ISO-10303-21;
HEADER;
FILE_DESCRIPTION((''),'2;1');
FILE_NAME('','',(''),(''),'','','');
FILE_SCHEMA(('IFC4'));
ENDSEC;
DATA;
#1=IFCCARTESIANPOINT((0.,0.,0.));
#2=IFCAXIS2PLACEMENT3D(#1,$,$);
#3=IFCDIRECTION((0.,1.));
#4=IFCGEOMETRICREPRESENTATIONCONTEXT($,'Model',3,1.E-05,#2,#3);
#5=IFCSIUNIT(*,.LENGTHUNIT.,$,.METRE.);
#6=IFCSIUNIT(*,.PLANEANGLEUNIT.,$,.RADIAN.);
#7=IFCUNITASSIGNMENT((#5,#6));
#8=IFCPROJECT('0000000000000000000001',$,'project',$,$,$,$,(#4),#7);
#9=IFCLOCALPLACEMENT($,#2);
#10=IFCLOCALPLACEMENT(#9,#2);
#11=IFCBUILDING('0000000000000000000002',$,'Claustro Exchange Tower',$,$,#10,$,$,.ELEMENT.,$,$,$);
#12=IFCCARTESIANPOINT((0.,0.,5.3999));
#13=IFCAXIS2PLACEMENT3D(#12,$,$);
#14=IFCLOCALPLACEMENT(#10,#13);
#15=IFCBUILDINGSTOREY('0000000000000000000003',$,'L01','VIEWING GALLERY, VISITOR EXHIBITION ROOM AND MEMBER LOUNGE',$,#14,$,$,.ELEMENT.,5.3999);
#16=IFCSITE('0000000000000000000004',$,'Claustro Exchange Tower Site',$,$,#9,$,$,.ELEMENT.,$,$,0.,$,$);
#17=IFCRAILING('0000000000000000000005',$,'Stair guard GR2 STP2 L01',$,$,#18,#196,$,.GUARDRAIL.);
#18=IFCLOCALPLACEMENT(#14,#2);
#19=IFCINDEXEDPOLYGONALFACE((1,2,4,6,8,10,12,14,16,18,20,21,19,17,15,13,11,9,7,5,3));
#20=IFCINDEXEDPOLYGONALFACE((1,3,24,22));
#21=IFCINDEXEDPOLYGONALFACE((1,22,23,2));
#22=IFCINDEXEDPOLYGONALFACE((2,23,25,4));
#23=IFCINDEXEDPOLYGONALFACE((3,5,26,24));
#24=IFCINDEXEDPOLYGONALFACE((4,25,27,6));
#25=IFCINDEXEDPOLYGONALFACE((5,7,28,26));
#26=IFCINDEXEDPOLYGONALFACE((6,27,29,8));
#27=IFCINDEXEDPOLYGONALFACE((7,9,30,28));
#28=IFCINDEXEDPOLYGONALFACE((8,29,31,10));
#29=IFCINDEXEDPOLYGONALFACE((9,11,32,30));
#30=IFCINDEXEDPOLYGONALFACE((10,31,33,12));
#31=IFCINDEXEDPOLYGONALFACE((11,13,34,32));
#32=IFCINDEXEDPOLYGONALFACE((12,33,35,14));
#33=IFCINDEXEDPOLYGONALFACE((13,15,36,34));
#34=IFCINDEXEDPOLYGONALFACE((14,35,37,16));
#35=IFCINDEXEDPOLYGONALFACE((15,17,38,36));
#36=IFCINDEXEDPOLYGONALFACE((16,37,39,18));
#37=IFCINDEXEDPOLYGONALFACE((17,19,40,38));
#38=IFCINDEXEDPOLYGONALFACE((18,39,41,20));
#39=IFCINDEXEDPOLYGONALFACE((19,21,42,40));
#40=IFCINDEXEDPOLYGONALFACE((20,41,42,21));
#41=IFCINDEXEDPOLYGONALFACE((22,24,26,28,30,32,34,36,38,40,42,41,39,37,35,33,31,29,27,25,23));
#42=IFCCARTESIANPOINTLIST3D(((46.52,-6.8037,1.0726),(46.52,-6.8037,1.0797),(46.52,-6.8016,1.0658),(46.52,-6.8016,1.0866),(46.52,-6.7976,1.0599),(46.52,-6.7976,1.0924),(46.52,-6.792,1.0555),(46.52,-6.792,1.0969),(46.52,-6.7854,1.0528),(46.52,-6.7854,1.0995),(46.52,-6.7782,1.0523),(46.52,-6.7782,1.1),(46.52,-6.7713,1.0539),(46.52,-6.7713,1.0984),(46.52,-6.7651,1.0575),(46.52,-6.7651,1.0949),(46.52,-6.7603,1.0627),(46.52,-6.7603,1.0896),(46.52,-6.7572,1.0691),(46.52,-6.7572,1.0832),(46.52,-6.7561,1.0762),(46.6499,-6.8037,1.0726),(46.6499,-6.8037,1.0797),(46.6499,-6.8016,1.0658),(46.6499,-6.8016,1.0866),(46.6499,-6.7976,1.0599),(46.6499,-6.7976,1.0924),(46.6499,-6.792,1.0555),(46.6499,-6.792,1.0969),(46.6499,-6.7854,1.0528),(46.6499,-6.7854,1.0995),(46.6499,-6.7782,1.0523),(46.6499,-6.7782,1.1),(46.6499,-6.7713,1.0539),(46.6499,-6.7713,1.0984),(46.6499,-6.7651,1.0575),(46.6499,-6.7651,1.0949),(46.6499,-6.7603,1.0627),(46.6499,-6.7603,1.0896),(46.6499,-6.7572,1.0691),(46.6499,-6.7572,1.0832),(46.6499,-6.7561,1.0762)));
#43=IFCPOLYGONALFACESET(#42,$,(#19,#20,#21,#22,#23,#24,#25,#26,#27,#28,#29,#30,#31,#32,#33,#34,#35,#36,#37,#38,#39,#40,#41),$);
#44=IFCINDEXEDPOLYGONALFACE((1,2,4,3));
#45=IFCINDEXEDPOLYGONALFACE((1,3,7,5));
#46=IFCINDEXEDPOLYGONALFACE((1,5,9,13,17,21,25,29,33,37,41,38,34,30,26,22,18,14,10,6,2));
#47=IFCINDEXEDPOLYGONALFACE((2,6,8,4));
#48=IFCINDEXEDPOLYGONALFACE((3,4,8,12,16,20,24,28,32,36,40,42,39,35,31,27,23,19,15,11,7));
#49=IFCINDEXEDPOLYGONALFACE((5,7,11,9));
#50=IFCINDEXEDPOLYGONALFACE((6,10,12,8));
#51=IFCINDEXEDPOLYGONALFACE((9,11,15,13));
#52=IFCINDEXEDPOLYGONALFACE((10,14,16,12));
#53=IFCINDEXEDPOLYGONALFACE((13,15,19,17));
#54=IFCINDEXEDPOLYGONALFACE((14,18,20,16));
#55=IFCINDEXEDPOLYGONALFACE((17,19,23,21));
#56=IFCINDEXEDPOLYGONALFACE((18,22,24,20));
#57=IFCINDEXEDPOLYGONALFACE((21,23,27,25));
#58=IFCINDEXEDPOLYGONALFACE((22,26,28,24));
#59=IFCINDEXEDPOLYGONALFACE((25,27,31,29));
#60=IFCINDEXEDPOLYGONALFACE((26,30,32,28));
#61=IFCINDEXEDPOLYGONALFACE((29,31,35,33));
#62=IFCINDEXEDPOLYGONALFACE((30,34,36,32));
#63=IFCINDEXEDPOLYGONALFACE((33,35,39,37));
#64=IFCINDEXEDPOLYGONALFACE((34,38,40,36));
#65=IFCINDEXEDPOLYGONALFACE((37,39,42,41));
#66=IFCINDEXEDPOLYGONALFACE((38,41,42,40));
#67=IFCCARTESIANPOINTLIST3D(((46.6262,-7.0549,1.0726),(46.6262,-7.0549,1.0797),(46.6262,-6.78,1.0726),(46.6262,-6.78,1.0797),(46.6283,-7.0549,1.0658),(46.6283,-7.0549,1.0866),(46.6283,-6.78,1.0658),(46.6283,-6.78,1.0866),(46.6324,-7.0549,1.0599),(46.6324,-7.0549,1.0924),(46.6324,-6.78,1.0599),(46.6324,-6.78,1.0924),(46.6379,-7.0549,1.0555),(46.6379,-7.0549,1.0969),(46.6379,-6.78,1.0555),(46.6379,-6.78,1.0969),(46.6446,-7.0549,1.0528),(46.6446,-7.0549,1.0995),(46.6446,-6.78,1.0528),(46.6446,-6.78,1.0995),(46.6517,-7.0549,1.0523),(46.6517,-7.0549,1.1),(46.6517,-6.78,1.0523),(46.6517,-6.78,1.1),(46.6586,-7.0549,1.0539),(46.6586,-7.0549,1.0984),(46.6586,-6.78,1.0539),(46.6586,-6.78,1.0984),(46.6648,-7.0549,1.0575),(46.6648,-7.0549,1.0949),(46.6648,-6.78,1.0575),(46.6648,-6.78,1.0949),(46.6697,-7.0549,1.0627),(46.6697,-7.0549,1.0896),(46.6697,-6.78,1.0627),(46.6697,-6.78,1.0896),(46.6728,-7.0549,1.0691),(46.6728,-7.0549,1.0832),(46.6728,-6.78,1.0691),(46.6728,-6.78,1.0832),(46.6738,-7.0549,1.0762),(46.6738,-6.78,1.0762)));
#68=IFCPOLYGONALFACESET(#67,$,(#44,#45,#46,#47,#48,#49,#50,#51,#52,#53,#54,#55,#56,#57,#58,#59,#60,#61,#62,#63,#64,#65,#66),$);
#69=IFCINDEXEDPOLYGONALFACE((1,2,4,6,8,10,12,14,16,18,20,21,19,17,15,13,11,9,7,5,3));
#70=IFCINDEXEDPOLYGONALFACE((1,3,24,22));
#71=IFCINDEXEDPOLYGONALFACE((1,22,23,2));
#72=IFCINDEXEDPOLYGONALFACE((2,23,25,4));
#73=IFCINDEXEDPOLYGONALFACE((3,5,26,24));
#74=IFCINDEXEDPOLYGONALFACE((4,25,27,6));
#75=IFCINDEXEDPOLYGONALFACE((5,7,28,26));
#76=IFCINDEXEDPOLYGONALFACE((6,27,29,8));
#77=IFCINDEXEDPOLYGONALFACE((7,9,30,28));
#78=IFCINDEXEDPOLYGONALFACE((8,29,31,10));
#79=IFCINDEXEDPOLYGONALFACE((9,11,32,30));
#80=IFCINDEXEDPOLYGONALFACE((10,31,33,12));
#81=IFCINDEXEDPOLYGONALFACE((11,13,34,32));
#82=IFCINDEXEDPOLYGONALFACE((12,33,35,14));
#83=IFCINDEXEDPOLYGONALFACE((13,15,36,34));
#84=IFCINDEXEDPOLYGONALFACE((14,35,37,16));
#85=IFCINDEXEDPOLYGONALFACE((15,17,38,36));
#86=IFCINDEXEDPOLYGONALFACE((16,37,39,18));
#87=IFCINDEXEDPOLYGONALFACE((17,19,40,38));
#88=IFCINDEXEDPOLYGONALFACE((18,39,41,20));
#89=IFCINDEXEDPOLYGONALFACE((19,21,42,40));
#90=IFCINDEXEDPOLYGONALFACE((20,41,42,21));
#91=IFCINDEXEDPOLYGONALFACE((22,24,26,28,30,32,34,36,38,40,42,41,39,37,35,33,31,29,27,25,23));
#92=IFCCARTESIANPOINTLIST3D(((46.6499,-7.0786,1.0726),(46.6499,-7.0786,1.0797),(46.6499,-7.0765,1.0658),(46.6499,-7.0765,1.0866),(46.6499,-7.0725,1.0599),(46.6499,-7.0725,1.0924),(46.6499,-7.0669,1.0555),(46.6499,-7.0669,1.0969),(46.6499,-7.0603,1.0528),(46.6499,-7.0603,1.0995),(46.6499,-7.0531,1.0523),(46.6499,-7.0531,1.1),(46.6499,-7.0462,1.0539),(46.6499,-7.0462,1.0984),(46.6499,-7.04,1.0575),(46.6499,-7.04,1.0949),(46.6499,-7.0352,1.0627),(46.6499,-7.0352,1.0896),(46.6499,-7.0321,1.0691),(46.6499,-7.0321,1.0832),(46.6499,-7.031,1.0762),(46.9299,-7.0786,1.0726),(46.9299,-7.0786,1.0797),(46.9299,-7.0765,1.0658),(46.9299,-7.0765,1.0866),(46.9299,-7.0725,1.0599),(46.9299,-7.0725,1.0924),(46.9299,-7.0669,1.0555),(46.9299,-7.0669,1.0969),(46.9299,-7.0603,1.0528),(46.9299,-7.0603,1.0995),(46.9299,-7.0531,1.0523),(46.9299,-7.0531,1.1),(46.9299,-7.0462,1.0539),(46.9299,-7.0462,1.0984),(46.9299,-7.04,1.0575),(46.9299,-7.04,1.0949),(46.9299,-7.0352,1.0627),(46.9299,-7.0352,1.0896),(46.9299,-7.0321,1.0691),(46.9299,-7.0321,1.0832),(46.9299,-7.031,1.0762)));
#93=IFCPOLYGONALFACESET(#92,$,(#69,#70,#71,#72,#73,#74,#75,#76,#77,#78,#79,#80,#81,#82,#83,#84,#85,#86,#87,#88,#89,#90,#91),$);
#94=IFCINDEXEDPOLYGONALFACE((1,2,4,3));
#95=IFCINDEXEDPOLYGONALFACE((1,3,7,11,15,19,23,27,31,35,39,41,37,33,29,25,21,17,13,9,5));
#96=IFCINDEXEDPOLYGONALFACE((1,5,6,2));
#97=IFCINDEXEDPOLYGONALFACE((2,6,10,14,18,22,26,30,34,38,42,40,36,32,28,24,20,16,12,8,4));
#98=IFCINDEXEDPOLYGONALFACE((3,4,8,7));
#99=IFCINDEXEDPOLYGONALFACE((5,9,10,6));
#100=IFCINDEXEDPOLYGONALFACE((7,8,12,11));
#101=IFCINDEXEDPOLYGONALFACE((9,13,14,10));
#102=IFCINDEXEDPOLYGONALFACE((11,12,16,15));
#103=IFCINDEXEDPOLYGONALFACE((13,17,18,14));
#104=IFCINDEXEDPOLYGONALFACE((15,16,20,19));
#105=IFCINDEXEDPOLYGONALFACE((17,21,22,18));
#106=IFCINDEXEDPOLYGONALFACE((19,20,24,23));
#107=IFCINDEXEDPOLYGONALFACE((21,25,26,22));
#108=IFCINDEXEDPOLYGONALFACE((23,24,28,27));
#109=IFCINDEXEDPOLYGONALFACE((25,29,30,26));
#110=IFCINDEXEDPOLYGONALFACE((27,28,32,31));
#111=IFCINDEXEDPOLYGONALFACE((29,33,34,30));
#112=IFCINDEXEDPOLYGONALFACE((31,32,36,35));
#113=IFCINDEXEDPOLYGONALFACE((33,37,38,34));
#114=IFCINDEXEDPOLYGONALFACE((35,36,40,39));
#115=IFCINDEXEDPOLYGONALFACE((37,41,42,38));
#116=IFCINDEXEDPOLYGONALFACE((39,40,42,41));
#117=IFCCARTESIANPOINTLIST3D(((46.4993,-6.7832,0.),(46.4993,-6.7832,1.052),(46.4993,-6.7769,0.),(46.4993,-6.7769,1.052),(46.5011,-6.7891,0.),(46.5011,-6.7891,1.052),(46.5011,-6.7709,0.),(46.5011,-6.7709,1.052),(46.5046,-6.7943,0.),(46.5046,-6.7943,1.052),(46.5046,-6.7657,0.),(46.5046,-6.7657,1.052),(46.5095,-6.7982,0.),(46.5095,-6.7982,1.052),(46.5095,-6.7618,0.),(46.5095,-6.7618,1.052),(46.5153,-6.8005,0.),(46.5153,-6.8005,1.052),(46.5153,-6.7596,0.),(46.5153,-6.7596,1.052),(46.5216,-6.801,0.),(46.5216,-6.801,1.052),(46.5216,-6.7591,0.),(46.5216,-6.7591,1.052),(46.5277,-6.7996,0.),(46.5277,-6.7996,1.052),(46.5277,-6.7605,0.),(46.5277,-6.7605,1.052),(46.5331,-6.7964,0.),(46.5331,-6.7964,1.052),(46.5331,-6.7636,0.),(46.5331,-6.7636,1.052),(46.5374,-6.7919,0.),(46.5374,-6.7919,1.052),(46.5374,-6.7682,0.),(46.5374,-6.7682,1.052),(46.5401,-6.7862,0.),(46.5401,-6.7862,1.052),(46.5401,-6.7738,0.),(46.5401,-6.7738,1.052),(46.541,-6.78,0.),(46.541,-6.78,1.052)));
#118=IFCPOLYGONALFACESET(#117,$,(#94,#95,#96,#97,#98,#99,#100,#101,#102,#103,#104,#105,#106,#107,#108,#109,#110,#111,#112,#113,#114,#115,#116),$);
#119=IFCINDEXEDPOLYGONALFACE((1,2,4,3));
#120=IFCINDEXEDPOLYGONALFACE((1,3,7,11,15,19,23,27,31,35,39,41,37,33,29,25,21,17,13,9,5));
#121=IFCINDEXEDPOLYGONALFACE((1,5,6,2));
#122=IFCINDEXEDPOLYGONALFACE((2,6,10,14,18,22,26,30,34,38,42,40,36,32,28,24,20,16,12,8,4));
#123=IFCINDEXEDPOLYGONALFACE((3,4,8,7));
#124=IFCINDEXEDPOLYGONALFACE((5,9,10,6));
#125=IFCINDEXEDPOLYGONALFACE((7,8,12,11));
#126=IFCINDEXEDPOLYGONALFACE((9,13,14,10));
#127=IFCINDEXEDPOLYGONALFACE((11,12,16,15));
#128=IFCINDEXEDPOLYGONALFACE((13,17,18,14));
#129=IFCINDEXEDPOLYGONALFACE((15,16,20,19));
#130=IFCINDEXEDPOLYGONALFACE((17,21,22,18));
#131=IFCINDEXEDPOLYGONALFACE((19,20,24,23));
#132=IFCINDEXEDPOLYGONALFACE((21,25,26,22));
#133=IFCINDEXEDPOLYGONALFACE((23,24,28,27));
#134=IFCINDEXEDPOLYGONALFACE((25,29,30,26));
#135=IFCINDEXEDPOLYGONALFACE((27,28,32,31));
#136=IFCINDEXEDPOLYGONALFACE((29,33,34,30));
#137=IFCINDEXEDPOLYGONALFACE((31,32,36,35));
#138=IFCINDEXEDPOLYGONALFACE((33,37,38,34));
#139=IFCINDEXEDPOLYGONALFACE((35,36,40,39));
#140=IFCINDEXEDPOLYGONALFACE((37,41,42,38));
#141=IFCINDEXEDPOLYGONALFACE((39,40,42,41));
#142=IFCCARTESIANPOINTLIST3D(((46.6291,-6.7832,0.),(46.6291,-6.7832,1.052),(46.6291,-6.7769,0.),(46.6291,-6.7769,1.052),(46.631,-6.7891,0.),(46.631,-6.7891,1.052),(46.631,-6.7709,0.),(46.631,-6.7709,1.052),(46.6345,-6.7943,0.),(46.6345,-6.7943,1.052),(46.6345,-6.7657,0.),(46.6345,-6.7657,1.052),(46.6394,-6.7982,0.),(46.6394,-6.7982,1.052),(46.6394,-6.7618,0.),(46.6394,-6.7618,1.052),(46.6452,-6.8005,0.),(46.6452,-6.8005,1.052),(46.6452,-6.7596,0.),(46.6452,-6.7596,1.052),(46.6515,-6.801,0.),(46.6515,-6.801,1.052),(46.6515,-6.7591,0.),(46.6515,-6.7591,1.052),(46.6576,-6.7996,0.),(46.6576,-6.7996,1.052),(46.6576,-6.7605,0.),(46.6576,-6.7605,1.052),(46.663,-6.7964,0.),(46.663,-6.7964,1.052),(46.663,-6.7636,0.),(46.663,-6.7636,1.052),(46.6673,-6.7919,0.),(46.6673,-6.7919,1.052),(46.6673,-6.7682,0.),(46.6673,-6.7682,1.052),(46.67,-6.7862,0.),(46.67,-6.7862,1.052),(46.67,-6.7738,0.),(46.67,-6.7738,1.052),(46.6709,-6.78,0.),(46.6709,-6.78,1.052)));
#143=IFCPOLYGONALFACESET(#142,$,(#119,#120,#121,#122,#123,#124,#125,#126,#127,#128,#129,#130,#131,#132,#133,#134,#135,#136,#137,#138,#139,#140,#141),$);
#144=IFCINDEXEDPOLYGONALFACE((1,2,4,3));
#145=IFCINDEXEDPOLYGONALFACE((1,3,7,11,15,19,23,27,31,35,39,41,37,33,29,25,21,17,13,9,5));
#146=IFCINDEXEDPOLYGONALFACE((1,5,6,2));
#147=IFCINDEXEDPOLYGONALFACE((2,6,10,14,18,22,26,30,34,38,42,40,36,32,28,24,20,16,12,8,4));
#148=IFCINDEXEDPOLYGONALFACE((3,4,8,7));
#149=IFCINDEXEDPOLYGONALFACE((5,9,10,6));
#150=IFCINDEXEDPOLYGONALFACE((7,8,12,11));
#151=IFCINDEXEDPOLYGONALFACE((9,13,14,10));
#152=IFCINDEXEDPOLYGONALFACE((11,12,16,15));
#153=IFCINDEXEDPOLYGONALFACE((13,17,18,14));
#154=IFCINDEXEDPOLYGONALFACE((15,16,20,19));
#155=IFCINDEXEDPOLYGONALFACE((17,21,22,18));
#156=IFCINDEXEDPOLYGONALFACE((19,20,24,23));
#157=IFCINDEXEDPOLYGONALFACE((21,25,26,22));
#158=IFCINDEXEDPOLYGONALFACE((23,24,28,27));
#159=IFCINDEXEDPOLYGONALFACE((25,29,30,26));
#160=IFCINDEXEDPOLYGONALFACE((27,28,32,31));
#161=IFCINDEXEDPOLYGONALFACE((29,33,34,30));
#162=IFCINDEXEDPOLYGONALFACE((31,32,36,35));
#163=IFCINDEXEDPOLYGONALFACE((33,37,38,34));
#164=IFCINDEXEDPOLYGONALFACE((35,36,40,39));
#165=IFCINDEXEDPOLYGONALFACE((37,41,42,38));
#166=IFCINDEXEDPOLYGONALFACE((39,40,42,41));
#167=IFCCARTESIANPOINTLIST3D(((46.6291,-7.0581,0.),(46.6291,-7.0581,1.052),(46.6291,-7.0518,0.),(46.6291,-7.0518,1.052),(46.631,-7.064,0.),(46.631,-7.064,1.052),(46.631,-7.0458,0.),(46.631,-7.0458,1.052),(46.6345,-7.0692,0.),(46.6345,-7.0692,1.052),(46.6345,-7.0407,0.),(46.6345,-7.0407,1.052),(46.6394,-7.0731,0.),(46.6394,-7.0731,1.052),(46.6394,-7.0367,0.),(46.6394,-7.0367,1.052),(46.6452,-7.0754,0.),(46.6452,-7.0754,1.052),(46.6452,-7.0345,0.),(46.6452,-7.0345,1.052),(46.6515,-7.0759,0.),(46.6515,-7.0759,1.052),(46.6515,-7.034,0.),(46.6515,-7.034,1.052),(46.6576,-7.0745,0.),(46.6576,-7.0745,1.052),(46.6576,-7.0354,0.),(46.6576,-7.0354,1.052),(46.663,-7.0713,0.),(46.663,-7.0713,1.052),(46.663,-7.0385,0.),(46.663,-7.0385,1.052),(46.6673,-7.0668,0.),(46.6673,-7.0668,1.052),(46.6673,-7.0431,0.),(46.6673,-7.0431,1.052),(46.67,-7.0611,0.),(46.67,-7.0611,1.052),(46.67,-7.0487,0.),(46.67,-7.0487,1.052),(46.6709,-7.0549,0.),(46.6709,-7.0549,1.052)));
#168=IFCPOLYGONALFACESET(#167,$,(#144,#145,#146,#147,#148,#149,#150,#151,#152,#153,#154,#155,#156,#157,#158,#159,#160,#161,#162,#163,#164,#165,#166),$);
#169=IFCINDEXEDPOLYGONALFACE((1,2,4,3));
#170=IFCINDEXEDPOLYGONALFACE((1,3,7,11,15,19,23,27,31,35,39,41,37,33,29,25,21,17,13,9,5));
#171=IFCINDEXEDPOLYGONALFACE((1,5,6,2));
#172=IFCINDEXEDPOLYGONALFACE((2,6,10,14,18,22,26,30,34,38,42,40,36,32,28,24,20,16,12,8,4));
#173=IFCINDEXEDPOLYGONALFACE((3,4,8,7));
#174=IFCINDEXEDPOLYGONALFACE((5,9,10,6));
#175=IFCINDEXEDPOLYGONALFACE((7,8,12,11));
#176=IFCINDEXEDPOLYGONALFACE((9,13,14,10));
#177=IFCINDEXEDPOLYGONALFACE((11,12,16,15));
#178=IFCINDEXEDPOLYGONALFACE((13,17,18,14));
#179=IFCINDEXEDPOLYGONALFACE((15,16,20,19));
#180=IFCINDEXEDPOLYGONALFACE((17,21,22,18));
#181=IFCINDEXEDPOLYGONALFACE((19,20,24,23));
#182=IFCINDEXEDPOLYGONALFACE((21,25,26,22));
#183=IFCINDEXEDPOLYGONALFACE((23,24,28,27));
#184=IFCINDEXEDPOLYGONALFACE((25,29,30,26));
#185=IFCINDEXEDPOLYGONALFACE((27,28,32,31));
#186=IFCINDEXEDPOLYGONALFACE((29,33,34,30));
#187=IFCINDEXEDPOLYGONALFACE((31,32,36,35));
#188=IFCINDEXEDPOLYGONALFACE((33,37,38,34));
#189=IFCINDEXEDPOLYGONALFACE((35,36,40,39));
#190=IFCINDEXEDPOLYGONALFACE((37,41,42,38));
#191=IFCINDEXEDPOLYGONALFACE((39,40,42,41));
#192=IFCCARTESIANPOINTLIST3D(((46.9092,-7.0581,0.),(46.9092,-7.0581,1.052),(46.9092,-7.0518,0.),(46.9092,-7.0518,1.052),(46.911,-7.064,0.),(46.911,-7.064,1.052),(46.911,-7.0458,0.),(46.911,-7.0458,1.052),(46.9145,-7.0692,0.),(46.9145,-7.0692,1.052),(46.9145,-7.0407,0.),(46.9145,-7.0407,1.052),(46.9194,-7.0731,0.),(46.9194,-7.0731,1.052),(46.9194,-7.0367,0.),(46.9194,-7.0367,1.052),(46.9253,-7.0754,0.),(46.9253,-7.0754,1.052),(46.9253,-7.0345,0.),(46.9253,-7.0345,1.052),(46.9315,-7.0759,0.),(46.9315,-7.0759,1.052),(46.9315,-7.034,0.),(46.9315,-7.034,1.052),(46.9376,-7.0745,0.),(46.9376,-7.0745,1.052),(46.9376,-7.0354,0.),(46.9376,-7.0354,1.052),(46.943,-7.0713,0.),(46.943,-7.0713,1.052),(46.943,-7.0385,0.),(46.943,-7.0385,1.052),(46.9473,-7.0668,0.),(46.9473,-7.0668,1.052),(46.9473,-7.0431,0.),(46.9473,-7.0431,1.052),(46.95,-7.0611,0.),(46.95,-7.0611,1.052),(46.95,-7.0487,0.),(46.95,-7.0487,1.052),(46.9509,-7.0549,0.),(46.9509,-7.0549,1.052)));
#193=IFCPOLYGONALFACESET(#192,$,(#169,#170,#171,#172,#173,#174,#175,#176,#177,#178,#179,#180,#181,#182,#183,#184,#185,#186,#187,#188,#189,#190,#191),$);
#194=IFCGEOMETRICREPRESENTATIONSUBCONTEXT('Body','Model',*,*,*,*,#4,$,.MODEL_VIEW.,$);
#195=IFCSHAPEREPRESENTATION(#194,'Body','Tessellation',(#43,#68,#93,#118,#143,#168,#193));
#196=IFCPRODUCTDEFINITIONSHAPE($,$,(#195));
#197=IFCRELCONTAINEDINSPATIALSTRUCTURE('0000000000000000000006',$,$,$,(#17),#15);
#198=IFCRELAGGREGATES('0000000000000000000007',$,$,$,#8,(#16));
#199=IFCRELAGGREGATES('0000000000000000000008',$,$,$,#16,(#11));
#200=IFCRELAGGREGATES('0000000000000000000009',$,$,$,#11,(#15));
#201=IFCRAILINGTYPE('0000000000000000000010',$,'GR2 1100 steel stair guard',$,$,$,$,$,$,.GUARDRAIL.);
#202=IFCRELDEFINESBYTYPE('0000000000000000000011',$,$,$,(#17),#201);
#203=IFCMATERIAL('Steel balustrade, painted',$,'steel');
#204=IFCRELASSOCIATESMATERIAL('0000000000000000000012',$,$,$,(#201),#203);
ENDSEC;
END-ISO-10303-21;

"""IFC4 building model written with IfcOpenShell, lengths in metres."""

from ifc_helpers import new_model, si_unit, direction, frame, origin, origin_2d, place, context, subcontext, project, spatial, circle, extrude, material, type_object, element, save


model = new_model("IFC4")

# Units and contexts
model_context = context("Model", 3, precision=1e-05, world=origin(), true_north=direction((0.0, 1.0)))
body_context = subcontext(model_context, "Body", "Model", "MODEL_VIEW")
ifc_project = project(units=[si_unit("LENGTHUNIT", "METRE"), si_unit("PLANEANGLEUNIT", "RADIAN")], contexts=[model_context])

# Site, building, storey
site_placement = place(None, origin())
site = spatial("IfcSite", under=ifc_project, at=site_placement, Name="Claustro Exchange Tower Site", CompositionType="ELEMENT", RefElevation=0.0)
building_placement = place(site_placement, origin())
building = spatial("IfcBuilding", under=site, at=building_placement, Name="Claustro Exchange Tower", CompositionType="ELEMENT")
storey_placement = place(building_placement, frame((0.0, 0.0, 5.3999)))
storey = spatial("IfcBuildingStorey", under=building, at=storey_placement, Name="L01", Description="VIEWING GALLERY, VISITOR EXHIBITION ROOM AND MEMBER LOUNGE", CompositionType="ELEMENT", Elevation=5.3999)

# Railing
ifc_material_1 = material(Name="Steel balustrade, painted", Category="steel")
railing_type_1 = type_object("IfcRailingType", Name="GR2 1100 steel stair guard", PredefinedType="GUARDRAIL", material=ifc_material_1)
railing_1_placement = place(storey_placement, frame((46.52, -6.78, 0.0)))
element("IfcRailing", 1, at=railing_1_placement, inside=storey, type_object=railing_type_1, Name="Stair guard GR2 STP2 L01", PredefinedType="GUARDRAIL", context=body_context, shape_type="SweptSolid", body=[
    extrude(circle(Radius=0.0239, at=origin_2d()), frame((0.0, 0.0, 1.0762), z_axis=(1.0, 0.0, 0.0), x_axis=(0.0, 1.0, 0.0)), (0.0, 0.0, 1.0), 0.1299),
    extrude(circle(Radius=0.0239, at=origin_2d()), frame((0.1299, 0.0, 1.0762), z_axis=(0.0, -1.0, 0.0), x_axis=(1.0, 0.0, 0.0)), (0.0, 0.0, 1.0), 0.2749),
    extrude(circle(Radius=0.0239, at=origin_2d()), frame((0.1299, -0.2749, 1.0762), z_axis=(1.0, 0.0, 0.0), x_axis=(0.0, 1.0, 0.0)), (0.0, 0.0, 1.0), 0.28),
    extrude(circle(Radius=0.021, at=origin_2d()), origin(), (0.0, 0.0, 1.0), 1.052),
    extrude(circle(Radius=0.021, at=origin_2d()), frame((0.1299, 0.0, 0.0)), (0.0, 0.0, 1.0), 1.052),
    extrude(circle(Radius=0.021, at=origin_2d()), frame((0.1299, -0.2749, 0.0)), (0.0, 0.0, 1.0), 1.052),
    extrude(circle(Radius=0.021, at=origin_2d()), frame((0.4099, -0.2749, 0.0)), (0.0, 0.0, 1.0), 1.052),
])

save(model, "model.ifc")
